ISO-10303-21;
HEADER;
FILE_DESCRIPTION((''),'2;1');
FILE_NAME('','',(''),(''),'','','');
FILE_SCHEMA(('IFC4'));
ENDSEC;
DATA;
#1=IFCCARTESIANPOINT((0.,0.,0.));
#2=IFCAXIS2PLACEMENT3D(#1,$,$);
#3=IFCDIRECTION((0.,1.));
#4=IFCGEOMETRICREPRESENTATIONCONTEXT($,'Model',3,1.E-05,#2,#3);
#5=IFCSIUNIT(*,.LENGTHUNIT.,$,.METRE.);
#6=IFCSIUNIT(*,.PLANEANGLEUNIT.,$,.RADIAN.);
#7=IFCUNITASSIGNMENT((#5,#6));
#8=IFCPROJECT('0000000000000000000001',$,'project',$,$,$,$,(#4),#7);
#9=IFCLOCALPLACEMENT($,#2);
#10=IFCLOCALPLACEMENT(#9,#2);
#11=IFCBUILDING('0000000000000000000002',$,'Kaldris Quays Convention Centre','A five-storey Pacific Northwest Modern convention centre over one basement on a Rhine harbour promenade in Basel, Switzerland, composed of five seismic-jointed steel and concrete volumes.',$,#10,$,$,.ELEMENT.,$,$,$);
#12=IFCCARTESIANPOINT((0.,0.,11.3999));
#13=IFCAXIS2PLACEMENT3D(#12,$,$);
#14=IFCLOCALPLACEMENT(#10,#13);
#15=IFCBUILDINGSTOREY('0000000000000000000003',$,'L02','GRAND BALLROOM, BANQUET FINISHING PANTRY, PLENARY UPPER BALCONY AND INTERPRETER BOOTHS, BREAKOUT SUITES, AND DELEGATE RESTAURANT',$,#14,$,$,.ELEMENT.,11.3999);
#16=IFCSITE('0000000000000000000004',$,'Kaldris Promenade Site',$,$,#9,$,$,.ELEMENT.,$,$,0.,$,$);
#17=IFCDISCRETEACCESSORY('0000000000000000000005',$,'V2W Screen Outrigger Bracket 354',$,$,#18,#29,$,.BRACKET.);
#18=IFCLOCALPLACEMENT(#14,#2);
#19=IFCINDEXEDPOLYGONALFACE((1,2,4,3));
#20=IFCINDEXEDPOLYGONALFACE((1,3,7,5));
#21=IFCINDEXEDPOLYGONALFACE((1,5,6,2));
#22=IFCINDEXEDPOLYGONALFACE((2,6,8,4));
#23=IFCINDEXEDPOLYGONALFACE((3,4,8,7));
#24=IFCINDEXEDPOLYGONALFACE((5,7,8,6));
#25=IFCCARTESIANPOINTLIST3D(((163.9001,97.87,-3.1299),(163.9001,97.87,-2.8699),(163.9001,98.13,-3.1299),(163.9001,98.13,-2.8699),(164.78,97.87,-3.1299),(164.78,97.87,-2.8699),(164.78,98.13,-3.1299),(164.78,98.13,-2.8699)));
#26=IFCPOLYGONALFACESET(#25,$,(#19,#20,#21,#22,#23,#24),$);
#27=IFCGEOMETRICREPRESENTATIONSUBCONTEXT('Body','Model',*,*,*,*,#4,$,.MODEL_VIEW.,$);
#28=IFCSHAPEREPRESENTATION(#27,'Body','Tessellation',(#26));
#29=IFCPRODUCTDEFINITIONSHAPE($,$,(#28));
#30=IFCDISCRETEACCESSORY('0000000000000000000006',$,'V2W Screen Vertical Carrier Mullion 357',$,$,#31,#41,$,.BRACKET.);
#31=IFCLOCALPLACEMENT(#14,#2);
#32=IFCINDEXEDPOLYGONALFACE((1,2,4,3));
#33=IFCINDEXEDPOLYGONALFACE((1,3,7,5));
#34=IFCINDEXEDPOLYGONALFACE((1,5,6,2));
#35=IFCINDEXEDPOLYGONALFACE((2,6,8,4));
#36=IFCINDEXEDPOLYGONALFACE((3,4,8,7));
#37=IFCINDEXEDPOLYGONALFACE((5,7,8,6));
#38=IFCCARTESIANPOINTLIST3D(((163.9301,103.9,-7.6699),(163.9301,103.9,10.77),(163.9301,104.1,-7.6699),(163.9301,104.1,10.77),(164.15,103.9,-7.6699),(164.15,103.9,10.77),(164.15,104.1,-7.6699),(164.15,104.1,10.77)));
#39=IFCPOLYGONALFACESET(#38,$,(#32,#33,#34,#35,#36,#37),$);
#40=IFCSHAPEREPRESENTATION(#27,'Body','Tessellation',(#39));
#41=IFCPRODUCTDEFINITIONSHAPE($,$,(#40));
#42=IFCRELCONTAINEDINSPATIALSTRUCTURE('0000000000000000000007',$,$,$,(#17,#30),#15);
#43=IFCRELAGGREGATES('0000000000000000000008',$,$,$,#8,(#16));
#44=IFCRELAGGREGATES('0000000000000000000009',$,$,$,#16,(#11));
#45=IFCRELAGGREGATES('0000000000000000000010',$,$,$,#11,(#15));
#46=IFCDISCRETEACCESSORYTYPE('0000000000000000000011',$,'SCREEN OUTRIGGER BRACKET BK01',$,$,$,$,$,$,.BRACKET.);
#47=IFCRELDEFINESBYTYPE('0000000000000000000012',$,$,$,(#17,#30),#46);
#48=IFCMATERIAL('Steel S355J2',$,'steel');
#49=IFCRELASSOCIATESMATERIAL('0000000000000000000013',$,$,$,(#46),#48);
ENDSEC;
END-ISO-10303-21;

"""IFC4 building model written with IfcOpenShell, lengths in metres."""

from ifc_helpers import new_model, si_unit, direction, frame, origin, origin_2d, place, context, subcontext, project, spatial, rectangle, extrude, material, type_object, element, save


model = new_model("IFC4")

# Units and contexts
model_context = context("Model", 3, precision=1e-05, world=origin(), true_north=direction((0.0, 1.0)))
body_context = subcontext(model_context, "Body", "Model", "MODEL_VIEW")
ifc_project = project(units=[si_unit("LENGTHUNIT", "METRE"), si_unit("PLANEANGLEUNIT", "RADIAN")], contexts=[model_context])

# Site, building, storey
site_placement = place(None, origin())
site = spatial("IfcSite", under=ifc_project, at=site_placement, Name="Kaldris Promenade Site", CompositionType="ELEMENT", RefElevation=0.0)
building_placement = place(site_placement, origin())
building = spatial("IfcBuilding", under=site, at=building_placement, Name="Kaldris Quays Convention Centre", Description="A five-storey Pacific Northwest Modern convention centre over one basement on a Rhine harbour promenade in Basel, Switzerland, composed of five seismic-jointed steel and concrete volumes.", CompositionType="ELEMENT")
storey_placement = place(building_placement, frame((0.0, 0.0, 11.3999)))
storey = spatial("IfcBuildingStorey", under=building, at=storey_placement, Name="L02", Description="GRAND BALLROOM, BANQUET FINISHING PANTRY, PLENARY UPPER BALCONY AND INTERPRETER BOOTHS, BREAKOUT SUITES, AND DELEGATE RESTAURANT", CompositionType="ELEMENT", Elevation=11.3999)

# Shared definitions
ifc_material_1 = material(Name="Steel S355J2", Category="steel")

# Discrete accessories
discrete_accessory_type = type_object("IfcDiscreteAccessoryType", Name="SCREEN OUTRIGGER BRACKET BK01", PredefinedType="BRACKET", material=ifc_material_1)
for number, where, z_axis, x_axis, name in (
    (1, (164.3401, 98.0, -3.1299), (0.0, 0.0, 1.0), (0.0, 1.0, 0.0), "V2W Screen Outrigger Bracket 354"),
):
    element("IfcDiscreteAccessory", number, at=place(storey_placement, frame(where, z_axis=z_axis, x_axis=x_axis)), inside=storey, type_object=discrete_accessory_type, Name=name, PredefinedType="BRACKET", context=body_context, shape_type="SweptSolid", body=[
        extrude(rectangle(XDim=0.26, YDim=0.8799, at=origin_2d()), origin(), (0.0, 0.0, 1.0), 0.26),
    ])
discrete_accessory_1_placement = place(storey_placement, frame((164.04, 104.0, -7.6699), z_axis=(0.0, 0.0, 1.0), x_axis=(0.0, 1.0, 0.0)))
element("IfcDiscreteAccessory", 2, at=discrete_accessory_1_placement, inside=storey, type_object=discrete_accessory_type, Name="V2W Screen Vertical Carrier Mullion 357", PredefinedType="BRACKET", context=body_context, shape_type="SweptSolid", body=[
    extrude(rectangle(XDim=0.2, YDim=0.22, at=origin_2d()), origin(), (0.0, 0.0, 1.0), 18.4399),
])

save(model, "model.ifc")
